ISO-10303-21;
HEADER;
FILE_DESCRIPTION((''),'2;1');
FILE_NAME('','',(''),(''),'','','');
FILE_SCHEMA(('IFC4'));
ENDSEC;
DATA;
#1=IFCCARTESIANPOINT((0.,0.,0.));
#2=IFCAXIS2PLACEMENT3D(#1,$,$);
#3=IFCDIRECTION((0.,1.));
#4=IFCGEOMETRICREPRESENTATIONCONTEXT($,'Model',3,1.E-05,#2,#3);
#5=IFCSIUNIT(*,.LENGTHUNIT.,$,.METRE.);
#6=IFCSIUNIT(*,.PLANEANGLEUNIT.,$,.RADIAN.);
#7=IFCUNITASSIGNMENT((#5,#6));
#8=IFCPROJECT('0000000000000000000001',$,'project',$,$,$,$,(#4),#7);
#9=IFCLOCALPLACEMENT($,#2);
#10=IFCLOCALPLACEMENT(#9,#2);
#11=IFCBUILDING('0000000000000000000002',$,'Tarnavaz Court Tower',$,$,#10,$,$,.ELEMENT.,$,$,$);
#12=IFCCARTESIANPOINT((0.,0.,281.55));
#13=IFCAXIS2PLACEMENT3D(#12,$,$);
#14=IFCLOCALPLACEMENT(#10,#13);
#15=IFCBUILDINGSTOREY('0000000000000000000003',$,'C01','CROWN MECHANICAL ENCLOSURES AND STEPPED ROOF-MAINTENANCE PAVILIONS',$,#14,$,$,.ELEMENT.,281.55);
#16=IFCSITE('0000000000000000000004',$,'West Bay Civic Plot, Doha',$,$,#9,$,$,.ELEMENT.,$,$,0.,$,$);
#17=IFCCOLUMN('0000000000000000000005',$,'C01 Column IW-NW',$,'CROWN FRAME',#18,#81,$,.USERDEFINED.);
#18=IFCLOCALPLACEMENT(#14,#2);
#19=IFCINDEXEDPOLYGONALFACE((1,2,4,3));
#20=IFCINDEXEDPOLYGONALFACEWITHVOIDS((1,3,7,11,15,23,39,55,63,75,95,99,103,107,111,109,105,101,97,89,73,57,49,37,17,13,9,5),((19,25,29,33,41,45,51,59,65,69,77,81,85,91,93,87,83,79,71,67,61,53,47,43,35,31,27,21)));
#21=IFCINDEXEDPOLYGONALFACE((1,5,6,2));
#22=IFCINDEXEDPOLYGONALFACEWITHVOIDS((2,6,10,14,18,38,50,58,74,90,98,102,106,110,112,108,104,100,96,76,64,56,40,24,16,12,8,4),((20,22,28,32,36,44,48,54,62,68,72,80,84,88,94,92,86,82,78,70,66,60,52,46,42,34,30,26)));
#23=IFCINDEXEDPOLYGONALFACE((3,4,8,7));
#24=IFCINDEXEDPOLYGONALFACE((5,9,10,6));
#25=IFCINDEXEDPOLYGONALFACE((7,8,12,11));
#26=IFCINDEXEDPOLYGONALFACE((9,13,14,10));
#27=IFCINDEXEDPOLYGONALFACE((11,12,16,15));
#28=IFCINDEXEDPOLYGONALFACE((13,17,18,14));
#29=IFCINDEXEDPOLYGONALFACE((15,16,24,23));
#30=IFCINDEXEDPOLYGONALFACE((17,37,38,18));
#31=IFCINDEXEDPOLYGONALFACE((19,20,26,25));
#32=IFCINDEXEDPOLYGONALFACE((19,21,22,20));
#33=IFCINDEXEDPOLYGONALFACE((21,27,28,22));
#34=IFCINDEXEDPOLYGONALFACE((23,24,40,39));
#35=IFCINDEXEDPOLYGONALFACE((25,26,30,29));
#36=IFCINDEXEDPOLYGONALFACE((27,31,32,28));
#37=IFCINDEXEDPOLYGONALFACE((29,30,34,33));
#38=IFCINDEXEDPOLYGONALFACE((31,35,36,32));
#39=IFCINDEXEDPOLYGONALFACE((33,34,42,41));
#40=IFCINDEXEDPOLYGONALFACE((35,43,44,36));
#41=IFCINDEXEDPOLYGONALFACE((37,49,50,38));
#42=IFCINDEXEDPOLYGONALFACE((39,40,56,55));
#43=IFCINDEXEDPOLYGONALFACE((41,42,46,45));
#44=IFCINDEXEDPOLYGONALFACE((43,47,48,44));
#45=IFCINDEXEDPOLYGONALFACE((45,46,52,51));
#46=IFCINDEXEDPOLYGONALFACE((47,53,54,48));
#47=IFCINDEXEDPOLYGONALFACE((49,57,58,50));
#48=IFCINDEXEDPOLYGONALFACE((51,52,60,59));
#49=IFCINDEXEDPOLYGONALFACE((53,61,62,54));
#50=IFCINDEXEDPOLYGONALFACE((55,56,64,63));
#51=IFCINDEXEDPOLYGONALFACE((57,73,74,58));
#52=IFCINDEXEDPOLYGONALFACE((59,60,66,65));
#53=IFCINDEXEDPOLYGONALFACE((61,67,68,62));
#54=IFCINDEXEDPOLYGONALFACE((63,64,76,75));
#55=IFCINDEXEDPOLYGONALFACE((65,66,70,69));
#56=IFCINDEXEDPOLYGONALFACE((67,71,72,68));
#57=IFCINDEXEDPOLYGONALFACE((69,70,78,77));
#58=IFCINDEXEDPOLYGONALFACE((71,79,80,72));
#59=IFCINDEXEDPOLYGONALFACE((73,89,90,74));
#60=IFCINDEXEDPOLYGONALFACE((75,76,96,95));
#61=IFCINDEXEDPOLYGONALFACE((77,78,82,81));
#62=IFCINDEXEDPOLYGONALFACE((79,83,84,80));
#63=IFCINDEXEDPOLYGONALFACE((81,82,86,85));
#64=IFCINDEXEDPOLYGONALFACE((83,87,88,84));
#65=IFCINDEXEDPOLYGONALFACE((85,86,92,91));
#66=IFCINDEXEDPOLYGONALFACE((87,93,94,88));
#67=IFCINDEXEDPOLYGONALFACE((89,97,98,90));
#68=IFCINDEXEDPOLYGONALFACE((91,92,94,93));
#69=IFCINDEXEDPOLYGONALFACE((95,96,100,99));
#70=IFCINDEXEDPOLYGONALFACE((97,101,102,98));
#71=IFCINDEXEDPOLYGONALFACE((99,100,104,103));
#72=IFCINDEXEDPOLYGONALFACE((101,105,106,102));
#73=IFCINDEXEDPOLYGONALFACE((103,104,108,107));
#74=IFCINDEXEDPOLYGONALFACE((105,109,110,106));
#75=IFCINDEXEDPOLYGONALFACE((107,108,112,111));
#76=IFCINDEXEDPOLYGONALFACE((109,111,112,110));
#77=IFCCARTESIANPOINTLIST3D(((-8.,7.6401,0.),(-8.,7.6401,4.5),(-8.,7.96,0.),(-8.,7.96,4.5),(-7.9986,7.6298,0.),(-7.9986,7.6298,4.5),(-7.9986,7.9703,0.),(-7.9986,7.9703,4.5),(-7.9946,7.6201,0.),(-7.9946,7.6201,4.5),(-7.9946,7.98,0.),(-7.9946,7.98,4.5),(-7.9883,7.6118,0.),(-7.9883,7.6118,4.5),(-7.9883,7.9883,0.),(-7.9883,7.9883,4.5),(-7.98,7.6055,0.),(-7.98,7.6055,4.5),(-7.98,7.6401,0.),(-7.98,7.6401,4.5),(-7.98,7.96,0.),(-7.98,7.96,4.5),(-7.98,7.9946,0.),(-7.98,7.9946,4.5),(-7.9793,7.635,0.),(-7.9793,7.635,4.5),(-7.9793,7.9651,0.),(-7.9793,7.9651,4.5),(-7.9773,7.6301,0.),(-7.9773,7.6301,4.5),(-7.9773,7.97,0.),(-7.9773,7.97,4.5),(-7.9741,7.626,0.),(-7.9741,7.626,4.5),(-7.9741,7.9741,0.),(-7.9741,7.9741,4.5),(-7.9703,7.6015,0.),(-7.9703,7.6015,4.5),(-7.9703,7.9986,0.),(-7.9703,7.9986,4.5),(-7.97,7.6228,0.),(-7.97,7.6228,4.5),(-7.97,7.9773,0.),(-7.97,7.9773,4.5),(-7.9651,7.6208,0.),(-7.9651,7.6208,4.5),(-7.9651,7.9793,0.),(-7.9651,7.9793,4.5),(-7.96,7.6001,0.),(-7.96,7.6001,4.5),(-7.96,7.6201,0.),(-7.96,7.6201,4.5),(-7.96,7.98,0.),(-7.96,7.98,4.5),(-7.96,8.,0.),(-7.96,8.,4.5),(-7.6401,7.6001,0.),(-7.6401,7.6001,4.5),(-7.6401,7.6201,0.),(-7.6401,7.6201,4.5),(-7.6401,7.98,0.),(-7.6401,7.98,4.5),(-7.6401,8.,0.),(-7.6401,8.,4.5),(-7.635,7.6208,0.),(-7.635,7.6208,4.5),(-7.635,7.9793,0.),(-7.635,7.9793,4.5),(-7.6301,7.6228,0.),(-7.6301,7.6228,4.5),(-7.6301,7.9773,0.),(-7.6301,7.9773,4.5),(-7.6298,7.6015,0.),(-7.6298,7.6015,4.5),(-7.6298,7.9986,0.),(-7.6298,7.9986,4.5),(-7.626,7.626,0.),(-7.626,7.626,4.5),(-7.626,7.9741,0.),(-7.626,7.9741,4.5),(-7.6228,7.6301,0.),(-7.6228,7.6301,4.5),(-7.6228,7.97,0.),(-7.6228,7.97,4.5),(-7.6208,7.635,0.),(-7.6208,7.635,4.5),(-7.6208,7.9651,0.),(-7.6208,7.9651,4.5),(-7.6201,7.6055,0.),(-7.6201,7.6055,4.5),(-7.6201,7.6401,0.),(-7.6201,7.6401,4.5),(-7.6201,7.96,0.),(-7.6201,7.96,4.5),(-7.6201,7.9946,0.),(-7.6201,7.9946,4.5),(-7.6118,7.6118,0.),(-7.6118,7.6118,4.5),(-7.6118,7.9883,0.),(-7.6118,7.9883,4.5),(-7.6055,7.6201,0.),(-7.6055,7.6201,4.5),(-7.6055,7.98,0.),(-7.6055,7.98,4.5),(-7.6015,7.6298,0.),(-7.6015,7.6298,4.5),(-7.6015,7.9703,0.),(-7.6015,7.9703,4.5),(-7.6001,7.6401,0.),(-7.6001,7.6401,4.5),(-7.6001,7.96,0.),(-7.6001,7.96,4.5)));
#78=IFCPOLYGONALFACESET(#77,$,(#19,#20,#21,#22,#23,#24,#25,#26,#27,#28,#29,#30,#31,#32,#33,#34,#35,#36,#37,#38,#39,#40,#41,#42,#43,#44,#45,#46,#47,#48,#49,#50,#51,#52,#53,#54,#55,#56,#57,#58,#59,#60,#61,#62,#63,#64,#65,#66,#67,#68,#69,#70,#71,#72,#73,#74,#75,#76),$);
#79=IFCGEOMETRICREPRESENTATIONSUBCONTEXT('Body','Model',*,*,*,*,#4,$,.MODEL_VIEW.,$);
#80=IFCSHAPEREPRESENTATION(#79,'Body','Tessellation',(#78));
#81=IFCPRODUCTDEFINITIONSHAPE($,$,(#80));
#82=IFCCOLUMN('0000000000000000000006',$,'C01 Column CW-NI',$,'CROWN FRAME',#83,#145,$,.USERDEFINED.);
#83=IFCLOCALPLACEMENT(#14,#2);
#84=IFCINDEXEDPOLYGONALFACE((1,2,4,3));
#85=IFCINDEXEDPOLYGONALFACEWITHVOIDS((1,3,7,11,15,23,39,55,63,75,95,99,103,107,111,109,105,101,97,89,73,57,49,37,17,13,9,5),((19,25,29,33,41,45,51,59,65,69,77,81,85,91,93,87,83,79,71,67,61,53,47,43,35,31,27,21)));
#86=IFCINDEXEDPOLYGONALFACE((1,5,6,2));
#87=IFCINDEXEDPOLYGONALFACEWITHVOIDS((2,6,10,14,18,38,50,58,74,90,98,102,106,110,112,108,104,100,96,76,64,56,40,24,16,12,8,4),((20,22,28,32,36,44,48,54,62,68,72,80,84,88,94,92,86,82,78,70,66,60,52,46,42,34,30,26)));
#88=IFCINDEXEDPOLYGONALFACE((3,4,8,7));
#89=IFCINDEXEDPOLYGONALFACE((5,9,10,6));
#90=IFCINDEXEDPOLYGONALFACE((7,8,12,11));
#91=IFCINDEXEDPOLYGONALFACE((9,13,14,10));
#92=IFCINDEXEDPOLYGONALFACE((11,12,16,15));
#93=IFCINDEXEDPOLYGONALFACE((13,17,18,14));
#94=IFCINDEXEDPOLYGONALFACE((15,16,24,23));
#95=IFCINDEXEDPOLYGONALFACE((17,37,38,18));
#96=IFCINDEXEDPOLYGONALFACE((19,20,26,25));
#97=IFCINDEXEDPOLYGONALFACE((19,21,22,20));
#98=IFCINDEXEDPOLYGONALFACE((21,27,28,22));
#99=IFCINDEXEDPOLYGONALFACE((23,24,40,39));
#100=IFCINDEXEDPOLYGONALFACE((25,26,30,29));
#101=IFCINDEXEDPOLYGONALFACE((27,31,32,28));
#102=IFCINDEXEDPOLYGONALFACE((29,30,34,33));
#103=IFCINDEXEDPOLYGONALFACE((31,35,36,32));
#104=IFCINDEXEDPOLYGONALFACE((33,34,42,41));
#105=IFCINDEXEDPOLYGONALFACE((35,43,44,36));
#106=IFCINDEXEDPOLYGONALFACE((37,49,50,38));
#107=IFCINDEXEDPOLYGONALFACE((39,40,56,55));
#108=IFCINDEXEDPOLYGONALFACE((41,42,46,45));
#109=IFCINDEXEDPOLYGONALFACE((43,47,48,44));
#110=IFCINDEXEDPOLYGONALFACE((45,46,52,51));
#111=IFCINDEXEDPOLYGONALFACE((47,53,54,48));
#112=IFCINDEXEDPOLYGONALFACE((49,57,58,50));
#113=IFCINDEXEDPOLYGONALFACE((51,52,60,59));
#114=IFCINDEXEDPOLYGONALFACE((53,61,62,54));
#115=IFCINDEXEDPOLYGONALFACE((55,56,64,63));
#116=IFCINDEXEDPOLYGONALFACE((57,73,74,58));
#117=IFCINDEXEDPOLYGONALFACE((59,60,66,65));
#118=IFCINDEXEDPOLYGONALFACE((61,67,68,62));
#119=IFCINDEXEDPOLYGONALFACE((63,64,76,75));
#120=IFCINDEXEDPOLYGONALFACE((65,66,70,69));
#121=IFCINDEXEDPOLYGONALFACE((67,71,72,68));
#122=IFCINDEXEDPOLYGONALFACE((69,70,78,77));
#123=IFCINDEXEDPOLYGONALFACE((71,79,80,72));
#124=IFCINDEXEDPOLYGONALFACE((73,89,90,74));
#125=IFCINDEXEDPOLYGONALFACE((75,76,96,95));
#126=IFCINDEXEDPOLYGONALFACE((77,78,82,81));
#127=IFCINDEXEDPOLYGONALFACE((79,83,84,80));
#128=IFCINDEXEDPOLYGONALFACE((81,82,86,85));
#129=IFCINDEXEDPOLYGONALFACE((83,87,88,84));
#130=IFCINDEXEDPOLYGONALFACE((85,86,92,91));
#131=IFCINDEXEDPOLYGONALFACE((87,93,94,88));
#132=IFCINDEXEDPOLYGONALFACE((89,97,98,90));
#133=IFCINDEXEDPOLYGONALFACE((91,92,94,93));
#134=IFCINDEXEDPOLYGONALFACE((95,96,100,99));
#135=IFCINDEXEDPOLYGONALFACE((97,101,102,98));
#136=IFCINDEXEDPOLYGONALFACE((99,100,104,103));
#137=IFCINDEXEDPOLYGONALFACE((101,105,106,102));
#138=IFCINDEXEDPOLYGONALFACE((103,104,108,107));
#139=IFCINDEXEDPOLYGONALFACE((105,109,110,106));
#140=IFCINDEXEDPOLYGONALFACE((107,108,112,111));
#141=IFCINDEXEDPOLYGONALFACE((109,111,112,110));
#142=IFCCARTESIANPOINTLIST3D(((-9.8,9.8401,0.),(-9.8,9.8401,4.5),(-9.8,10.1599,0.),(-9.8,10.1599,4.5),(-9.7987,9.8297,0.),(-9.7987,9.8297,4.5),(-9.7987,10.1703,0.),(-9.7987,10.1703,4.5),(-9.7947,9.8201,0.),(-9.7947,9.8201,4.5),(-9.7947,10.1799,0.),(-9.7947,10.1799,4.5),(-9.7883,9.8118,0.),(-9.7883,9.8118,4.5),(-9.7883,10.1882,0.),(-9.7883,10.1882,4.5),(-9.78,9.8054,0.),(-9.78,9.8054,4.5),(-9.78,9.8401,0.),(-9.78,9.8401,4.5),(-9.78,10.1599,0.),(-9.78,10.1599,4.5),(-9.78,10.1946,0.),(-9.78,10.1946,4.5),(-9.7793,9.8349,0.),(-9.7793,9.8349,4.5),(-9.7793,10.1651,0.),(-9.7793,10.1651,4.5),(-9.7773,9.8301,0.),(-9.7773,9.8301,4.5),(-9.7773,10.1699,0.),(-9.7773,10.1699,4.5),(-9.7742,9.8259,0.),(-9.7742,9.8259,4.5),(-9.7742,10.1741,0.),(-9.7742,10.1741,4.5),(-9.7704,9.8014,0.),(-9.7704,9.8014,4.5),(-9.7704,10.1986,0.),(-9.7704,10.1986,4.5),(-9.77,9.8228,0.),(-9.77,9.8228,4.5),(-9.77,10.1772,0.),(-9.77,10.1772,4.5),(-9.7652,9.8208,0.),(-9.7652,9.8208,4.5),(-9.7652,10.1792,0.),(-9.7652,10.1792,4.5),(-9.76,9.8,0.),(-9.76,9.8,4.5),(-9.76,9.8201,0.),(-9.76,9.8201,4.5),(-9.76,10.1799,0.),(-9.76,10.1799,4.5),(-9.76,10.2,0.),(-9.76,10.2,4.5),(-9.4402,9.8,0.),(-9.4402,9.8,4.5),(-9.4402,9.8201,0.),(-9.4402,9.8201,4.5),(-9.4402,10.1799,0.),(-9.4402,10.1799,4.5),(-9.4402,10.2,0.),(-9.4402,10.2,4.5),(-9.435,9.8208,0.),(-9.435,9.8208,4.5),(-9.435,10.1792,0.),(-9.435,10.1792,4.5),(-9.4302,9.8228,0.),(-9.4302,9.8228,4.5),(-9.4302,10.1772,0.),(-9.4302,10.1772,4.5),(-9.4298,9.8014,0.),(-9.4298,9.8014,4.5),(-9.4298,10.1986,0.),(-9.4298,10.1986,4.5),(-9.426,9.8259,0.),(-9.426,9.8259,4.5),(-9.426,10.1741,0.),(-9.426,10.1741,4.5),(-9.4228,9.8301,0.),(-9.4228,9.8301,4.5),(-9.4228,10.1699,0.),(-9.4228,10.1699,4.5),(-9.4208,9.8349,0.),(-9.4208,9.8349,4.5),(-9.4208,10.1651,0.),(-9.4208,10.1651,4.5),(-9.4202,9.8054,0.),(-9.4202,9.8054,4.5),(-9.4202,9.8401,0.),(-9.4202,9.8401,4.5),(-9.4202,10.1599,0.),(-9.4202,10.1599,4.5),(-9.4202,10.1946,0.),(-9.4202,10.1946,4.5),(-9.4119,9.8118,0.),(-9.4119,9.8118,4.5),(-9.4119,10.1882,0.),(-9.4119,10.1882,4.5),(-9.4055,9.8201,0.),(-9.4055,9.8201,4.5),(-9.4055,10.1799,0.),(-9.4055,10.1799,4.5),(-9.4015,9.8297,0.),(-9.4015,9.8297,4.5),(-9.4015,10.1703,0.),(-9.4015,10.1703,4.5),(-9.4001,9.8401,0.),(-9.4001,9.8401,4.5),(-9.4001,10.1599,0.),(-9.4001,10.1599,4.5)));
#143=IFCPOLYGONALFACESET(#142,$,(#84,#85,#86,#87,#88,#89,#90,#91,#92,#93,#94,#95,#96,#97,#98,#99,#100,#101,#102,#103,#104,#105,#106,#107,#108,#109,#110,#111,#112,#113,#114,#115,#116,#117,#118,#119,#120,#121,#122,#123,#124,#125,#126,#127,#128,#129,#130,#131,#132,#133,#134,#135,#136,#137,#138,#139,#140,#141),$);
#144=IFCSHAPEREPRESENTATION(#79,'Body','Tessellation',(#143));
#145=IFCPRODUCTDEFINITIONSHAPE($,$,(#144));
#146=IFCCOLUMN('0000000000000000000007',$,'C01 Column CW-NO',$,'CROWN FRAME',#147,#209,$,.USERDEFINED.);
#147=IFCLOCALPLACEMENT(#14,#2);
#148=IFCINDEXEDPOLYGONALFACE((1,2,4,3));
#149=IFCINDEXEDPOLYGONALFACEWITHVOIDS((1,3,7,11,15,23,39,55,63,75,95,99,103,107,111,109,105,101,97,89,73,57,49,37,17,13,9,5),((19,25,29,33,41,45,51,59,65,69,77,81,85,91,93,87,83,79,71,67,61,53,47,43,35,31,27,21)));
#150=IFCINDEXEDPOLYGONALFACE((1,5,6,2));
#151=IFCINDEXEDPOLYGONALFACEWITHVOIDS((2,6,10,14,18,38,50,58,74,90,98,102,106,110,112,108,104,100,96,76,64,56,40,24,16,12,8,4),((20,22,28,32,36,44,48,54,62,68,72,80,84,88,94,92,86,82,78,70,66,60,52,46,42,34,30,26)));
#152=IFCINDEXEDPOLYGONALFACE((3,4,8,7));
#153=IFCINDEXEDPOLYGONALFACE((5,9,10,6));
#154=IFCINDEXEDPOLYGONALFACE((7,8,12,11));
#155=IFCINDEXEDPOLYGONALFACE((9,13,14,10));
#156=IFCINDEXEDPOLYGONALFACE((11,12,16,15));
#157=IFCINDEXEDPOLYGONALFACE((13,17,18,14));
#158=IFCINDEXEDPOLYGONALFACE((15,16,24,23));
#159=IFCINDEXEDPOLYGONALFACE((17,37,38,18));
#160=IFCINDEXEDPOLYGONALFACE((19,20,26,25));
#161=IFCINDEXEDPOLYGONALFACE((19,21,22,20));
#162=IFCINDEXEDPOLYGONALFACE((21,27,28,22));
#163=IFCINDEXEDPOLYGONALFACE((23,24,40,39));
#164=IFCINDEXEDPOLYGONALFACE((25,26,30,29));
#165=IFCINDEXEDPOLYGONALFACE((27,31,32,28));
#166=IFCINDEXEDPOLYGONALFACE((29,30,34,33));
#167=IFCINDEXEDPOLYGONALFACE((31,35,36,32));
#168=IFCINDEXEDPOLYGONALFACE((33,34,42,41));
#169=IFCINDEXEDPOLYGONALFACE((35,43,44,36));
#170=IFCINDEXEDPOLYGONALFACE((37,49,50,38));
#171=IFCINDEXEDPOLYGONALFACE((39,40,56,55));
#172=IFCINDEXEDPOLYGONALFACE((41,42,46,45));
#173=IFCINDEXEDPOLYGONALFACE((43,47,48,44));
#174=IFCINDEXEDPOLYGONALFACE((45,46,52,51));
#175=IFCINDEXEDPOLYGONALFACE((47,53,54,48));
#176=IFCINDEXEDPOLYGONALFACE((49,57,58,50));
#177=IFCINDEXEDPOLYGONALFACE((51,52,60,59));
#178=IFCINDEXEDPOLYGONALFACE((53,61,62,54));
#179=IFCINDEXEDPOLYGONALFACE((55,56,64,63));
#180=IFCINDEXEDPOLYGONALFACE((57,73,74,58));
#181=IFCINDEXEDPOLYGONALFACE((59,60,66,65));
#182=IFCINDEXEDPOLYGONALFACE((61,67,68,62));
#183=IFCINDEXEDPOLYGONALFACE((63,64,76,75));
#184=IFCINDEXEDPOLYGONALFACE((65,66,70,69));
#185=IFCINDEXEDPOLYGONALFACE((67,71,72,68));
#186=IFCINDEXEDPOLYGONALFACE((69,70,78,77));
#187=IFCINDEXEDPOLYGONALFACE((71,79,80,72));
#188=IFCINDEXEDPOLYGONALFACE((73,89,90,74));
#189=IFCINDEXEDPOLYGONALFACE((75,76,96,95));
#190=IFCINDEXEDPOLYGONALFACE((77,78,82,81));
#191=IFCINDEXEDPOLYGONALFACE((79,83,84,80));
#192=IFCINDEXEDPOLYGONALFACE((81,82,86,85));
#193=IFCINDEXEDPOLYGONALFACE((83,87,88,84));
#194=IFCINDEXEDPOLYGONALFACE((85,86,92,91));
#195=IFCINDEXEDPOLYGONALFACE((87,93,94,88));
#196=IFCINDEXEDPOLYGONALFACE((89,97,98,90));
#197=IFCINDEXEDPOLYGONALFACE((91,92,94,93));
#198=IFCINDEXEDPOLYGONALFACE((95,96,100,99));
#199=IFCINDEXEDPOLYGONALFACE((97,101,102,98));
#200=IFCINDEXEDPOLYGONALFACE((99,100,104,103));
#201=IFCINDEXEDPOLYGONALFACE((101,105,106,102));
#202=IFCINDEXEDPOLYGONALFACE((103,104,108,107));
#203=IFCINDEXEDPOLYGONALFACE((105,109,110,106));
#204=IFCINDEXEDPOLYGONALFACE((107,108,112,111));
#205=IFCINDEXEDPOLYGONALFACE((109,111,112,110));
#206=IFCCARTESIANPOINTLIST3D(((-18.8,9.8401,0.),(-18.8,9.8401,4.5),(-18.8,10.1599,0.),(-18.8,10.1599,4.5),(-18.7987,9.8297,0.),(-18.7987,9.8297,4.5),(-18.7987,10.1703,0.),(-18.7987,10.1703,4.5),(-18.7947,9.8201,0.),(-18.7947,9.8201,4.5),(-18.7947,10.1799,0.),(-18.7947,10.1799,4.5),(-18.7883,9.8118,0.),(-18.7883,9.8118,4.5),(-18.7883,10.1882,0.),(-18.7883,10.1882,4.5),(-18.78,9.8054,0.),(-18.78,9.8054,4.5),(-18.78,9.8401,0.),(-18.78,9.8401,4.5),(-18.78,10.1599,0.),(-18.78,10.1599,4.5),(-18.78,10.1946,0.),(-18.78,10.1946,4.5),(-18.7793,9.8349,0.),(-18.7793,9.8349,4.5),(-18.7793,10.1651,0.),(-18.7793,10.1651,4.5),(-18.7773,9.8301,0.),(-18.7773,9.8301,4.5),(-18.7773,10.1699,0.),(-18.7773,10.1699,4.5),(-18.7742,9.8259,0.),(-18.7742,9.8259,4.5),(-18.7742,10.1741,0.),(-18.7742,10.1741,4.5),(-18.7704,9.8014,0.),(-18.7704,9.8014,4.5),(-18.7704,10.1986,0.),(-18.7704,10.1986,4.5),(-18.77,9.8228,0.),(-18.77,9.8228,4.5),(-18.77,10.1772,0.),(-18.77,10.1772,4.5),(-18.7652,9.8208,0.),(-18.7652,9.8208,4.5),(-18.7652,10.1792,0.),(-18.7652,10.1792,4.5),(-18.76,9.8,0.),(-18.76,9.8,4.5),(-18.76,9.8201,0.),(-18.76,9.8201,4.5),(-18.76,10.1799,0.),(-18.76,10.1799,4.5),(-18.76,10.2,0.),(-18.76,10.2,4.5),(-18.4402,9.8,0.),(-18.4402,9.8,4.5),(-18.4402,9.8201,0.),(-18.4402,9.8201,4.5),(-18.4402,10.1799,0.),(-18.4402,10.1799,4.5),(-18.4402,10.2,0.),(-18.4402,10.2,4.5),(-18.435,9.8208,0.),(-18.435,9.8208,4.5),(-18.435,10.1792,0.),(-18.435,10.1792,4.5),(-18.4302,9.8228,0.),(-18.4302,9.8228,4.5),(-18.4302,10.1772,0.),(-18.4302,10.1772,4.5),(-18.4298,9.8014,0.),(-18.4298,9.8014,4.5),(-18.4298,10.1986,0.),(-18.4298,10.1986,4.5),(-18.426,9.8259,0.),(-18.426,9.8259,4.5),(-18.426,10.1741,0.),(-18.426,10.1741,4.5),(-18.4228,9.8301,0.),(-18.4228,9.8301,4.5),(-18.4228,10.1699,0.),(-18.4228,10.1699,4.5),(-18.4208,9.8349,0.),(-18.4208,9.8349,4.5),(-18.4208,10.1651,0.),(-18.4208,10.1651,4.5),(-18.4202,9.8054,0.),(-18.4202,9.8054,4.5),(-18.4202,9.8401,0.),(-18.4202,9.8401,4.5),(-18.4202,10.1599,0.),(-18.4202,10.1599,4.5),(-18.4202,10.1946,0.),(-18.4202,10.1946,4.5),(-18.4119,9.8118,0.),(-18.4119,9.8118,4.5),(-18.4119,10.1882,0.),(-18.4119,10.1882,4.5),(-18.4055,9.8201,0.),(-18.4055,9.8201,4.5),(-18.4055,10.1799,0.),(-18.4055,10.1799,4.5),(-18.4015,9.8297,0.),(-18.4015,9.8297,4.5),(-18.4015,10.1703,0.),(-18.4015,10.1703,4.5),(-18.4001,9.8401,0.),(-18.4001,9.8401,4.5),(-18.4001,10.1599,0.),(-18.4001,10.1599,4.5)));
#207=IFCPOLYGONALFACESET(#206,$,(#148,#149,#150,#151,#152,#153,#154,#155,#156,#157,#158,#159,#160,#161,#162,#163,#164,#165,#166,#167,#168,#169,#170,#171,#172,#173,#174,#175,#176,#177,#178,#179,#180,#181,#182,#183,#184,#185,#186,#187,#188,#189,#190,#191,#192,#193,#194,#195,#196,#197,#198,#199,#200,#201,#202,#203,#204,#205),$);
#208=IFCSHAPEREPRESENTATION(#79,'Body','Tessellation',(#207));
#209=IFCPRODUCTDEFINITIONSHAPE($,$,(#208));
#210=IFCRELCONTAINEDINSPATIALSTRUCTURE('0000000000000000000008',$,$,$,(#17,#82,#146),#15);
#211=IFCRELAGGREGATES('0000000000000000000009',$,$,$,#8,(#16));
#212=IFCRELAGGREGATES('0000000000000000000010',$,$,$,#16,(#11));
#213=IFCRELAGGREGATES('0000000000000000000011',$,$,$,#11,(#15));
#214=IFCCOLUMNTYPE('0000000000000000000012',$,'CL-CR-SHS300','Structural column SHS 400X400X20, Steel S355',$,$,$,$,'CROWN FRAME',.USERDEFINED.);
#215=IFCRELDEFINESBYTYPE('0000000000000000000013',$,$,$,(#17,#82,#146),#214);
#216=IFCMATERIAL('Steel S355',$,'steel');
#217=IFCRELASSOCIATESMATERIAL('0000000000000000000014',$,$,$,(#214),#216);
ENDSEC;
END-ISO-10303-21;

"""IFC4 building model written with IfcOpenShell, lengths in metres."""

from ifc_helpers import new_model, si_unit, direction, frame, origin, origin_2d, place, context, subcontext, project, spatial, hollow_rectangle, extrude, material, material_profile, profile_set, type_object, element, save


model = new_model("IFC4")

# Units and contexts
model_context = context("Model", 3, precision=1e-05, world=origin(), true_north=direction((0.0, 1.0)))
body_context = subcontext(model_context, "Body", "Model", "MODEL_VIEW")
ifc_project = project(units=[si_unit("LENGTHUNIT", "METRE"), si_unit("PLANEANGLEUNIT", "RADIAN")], contexts=[model_context])

# Site, building, storey
site_placement = place(None, origin())
site = spatial("IfcSite", under=ifc_project, at=site_placement, Name="West Bay Civic Plot, Doha", CompositionType="ELEMENT", RefElevation=0.0)
building_placement = place(site_placement, origin())
building = spatial("IfcBuilding", under=site, at=building_placement, Name="Tarnavaz Court Tower", CompositionType="ELEMENT")
storey_placement = place(building_placement, frame((0.0, 0.0, 281.55)))
storey = spatial("IfcBuildingStorey", under=building, at=storey_placement, Name="C01", Description="CROWN MECHANICAL ENCLOSURES AND STEPPED ROOF-MAINTENANCE PAVILIONS", CompositionType="ELEMENT", Elevation=281.55)

# Columns
ifc_material_1 = material(Name="Steel S355", Category="steel")
ifc_material_profile_1 = material_profile(ifc_material_1, hollow_rectangle(XDim=0.3999, YDim=0.3999, WallThickness=0.02, InnerFilletRadius=0.02, OuterFilletRadius=0.04, at=origin_2d()), Name="SHS 400X400X20")
ifc_profile_set_1 = profile_set([ifc_material_profile_1], Name="Steel S355")
column_type = type_object("IfcColumnType", Name="CL-CR-SHS300", Description="Structural column SHS 400X400X20, Steel S355", ElementType="CROWN FRAME", PredefinedType="USERDEFINED", material=ifc_profile_set_1)
for number, where, z_axis, x_axis, name in (
    (1, (-7.8, 7.8, 0.0), (0.0, 0.0, 1.0), (1.0, 0.0, 0.0), "C01 Column IW-NW"),
    (2, (-9.6001, 10.0, 0.0), (0.0, 0.0, 1.0), (1.0, 0.0, 0.0), "C01 Column CW-NI"),
    (3, (-18.6001, 10.0, 0.0), (0.0, 0.0, 1.0), (1.0, 0.0, 0.0), "C01 Column CW-NO"),
):
    element("IfcColumn", number, at=place(storey_placement, frame(where, z_axis=z_axis, x_axis=x_axis)), inside=storey, type_object=column_type, Name=name, ObjectType="CROWN FRAME", PredefinedType="USERDEFINED", context=body_context, shape_type="SweptSolid", body=[
        extrude(hollow_rectangle(XDim=0.3999, YDim=0.3999, WallThickness=0.02, InnerFilletRadius=0.02, OuterFilletRadius=0.04, at=origin_2d()), origin(), (0.0, 0.0, 1.0), 4.5),
    ])

save(model, "model.ifc")
